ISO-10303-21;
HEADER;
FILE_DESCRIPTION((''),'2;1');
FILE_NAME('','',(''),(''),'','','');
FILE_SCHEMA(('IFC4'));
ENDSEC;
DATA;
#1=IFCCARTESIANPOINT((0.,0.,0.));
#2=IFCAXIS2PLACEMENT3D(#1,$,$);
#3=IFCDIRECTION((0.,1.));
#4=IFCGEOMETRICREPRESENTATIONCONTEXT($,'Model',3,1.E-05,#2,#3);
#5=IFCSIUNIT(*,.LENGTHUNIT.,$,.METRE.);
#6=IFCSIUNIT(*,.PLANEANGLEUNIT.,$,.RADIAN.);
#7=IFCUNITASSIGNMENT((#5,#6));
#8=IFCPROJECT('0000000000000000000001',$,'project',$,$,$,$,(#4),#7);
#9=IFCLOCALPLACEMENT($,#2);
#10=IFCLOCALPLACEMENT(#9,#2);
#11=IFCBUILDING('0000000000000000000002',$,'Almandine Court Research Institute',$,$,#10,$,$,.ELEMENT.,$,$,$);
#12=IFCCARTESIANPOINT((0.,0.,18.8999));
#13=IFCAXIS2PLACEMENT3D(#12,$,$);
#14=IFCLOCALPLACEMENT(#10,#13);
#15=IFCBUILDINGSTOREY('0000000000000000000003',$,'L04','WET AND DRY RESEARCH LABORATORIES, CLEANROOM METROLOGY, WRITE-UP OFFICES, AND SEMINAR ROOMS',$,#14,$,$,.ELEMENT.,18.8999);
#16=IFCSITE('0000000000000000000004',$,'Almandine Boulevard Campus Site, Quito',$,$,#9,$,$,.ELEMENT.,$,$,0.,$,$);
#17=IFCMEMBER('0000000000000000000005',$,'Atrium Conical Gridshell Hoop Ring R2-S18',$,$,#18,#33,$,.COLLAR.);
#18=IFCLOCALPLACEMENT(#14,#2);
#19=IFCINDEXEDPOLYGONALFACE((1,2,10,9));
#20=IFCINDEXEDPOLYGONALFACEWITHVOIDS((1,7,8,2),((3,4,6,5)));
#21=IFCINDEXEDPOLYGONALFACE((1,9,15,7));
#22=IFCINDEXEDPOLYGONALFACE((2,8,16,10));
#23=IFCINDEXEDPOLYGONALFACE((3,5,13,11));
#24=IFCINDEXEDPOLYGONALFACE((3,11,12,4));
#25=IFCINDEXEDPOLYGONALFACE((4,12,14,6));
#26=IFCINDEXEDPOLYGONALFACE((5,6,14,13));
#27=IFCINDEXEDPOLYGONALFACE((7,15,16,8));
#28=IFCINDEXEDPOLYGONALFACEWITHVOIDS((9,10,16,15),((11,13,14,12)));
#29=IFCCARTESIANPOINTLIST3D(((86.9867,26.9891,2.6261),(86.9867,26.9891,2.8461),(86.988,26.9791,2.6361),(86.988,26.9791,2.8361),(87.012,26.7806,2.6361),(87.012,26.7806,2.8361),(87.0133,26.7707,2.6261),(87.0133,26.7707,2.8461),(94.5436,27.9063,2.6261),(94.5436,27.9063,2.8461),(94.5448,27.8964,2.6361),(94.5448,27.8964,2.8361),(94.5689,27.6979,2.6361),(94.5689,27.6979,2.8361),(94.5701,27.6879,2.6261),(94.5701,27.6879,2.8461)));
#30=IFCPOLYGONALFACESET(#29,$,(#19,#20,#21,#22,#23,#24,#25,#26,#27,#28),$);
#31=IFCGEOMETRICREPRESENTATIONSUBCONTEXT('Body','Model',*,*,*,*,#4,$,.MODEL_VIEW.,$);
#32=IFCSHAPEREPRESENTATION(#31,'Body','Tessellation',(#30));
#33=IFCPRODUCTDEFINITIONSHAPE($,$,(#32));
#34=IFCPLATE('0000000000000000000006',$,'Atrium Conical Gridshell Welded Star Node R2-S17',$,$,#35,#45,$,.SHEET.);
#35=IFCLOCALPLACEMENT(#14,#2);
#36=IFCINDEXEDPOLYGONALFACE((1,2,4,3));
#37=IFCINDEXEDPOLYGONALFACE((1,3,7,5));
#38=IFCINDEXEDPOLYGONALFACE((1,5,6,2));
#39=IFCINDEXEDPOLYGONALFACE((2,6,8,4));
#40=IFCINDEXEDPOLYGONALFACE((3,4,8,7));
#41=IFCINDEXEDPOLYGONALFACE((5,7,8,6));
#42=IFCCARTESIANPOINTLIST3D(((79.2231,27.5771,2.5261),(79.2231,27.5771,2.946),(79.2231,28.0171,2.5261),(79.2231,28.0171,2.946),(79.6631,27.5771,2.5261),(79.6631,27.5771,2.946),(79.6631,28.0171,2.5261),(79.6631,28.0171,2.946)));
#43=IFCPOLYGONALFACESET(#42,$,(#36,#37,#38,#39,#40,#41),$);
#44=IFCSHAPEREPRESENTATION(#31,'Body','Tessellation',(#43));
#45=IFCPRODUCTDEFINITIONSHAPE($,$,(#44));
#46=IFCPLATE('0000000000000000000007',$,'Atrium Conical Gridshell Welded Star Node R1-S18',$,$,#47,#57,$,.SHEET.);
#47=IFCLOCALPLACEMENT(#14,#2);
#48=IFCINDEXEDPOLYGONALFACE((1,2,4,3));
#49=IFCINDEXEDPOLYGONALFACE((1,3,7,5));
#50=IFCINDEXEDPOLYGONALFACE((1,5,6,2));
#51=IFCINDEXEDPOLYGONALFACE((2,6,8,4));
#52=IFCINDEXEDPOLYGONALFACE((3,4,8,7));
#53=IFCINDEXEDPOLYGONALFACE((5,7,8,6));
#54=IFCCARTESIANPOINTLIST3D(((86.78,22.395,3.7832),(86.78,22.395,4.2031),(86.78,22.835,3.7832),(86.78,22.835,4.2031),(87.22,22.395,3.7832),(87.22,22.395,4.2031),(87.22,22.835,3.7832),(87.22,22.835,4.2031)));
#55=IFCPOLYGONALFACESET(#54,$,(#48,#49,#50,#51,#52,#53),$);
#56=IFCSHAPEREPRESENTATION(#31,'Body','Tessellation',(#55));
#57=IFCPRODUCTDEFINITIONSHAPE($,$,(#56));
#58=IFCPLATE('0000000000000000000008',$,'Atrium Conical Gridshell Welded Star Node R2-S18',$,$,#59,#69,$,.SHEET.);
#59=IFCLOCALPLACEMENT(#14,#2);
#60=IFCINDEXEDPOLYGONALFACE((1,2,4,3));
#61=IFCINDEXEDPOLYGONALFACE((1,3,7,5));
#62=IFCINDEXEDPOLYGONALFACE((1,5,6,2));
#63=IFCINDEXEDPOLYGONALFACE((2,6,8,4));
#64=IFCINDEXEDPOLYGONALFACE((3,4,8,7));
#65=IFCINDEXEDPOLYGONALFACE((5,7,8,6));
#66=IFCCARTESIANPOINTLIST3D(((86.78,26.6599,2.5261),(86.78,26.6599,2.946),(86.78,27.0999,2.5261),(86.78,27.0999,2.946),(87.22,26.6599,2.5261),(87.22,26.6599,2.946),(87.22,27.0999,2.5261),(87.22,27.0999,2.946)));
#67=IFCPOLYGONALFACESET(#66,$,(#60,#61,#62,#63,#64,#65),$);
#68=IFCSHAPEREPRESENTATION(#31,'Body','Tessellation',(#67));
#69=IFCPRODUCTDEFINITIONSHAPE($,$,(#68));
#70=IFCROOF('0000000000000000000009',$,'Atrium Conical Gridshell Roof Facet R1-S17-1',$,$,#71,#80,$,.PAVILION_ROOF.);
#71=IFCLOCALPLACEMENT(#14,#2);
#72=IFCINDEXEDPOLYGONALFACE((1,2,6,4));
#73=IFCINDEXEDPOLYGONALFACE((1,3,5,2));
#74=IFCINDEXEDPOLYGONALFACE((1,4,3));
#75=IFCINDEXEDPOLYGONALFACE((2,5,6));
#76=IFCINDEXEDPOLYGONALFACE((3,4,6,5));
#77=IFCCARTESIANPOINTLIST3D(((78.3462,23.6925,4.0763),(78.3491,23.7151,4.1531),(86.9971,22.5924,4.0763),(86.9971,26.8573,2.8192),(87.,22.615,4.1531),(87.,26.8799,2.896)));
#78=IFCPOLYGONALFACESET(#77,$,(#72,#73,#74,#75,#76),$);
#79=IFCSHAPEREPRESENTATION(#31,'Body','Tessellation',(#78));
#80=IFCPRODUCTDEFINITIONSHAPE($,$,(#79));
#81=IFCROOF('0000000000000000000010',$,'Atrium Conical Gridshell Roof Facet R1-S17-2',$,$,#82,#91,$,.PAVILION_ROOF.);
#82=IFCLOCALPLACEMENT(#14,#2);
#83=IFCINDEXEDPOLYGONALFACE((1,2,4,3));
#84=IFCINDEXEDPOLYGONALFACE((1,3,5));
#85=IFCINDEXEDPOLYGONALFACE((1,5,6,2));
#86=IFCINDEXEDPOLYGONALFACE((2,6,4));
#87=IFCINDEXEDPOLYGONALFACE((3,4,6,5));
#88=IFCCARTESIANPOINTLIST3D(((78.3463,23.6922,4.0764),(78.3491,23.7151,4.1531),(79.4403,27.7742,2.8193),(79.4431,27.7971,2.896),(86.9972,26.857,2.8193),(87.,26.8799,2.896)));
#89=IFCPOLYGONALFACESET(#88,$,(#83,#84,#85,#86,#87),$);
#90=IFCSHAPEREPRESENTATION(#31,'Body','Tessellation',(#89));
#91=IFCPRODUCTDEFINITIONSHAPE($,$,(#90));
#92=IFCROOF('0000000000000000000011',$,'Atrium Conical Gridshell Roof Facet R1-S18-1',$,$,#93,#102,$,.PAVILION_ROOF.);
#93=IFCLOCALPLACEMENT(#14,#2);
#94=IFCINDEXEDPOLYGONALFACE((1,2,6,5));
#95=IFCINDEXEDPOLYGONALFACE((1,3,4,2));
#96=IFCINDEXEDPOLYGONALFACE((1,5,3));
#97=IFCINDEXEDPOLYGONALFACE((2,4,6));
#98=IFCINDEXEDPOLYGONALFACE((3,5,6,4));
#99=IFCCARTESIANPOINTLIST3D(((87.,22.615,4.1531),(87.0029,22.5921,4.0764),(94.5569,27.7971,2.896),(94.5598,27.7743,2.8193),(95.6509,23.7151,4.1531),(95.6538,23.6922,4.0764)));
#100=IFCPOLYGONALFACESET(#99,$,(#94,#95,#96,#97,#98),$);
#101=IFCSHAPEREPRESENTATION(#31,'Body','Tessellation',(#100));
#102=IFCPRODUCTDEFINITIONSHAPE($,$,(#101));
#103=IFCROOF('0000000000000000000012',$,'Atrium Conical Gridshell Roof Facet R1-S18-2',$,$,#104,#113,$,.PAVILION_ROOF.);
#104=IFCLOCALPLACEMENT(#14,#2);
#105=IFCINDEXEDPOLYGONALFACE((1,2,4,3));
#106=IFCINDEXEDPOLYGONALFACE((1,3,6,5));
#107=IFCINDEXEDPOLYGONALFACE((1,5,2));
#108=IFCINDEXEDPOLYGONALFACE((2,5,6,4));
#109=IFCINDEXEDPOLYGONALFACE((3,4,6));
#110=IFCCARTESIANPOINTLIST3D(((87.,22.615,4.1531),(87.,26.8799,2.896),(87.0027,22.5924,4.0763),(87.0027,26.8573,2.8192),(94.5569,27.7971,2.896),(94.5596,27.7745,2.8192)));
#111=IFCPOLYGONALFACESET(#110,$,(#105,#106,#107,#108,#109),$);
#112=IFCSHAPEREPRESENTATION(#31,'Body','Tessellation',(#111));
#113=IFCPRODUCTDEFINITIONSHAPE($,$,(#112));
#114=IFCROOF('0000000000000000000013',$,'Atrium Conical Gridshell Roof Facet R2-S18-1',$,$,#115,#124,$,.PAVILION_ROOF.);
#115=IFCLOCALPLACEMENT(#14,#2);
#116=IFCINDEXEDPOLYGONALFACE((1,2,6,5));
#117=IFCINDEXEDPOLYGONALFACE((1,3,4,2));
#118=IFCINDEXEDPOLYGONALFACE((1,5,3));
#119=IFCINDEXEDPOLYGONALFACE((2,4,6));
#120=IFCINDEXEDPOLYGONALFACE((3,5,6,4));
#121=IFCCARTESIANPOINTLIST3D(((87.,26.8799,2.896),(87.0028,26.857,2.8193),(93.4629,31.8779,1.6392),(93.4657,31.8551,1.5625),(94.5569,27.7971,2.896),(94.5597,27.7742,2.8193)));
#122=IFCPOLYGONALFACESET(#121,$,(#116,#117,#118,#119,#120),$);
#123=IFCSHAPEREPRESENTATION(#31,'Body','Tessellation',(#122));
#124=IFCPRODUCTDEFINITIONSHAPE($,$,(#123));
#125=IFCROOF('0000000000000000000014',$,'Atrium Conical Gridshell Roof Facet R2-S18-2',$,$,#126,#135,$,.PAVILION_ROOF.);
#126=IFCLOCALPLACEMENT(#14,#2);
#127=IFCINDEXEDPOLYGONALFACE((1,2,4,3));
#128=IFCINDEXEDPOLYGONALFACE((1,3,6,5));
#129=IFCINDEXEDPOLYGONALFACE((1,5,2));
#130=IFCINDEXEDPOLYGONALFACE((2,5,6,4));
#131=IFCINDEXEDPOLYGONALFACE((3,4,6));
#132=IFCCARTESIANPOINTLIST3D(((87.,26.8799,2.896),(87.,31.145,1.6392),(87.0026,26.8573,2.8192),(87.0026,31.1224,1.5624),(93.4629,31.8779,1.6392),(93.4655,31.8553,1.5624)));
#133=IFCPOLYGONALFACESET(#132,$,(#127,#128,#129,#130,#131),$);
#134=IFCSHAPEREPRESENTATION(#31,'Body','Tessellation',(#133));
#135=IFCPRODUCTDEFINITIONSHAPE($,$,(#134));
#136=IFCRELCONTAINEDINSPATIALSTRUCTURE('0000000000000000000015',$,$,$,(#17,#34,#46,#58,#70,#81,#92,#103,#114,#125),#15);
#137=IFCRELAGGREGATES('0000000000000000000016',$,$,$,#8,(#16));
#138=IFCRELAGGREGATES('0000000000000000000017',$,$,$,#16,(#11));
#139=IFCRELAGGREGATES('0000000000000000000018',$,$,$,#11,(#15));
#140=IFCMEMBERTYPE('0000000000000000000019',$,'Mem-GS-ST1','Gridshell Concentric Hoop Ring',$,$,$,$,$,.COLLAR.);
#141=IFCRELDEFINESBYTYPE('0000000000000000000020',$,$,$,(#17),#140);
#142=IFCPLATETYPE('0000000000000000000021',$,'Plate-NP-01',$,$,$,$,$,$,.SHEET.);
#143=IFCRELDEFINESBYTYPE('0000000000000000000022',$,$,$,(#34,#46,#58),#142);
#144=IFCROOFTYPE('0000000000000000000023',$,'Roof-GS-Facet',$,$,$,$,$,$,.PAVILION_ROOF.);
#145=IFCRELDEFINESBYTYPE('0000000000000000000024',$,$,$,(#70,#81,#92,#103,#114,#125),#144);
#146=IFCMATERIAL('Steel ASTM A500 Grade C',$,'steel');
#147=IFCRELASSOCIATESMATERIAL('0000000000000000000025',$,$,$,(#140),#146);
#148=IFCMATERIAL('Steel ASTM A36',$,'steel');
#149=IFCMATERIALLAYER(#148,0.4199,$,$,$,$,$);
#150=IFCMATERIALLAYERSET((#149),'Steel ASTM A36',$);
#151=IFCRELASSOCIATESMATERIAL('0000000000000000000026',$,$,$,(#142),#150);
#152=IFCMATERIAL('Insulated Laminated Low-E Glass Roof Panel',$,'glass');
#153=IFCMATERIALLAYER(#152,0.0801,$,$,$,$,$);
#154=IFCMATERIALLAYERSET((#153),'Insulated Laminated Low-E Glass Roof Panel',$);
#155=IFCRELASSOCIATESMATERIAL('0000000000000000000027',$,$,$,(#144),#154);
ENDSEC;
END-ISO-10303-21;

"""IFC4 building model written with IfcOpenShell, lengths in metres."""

from ifc_helpers import new_model, si_unit, direction, frame, origin, origin_2d, place, context, subcontext, project, spatial, polyline, rectangle, hollow_rectangle, outline, extrude, material, layer, layer_set, material_profile, profile_set, type_object, element, save


model = new_model("IFC4")

# Units and contexts
model_context = context("Model", 3, precision=1e-05, world=origin(), true_north=direction((0.0, 1.0)))
body_context = subcontext(model_context, "Body", "Model", "MODEL_VIEW")
ifc_project = project(units=[si_unit("LENGTHUNIT", "METRE"), si_unit("PLANEANGLEUNIT", "RADIAN")], contexts=[model_context])

# Site, building, storey
site_placement = place(None, origin())
site = spatial("IfcSite", under=ifc_project, at=site_placement, Name="Almandine Boulevard Campus Site, Quito", CompositionType="ELEMENT", RefElevation=0.0)
building_placement = place(site_placement, origin())
building = spatial("IfcBuilding", under=site, at=building_placement, Name="Almandine Court Research Institute", CompositionType="ELEMENT")
storey_placement = place(building_placement, frame((0.0, 0.0, 18.8999)))
storey = spatial("IfcBuildingStorey", under=building, at=storey_placement, Name="L04", Description="WET AND DRY RESEARCH LABORATORIES, CLEANROOM METROLOGY, WRITE-UP OFFICES, AND SEMINAR ROOMS", CompositionType="ELEMENT", Elevation=18.8999)

# Shared definitions
ifc_material_1 = material(Name="Steel ASTM A500 Grade C", Category="steel")

# Member
ifc_material_profile_1 = material_profile(ifc_material_1, hollow_rectangle(XDim=0.22, YDim=0.22, WallThickness=0.01, at=origin_2d()), Name="HSS 220x220x10")
ifc_profile_set_1 = profile_set([ifc_material_profile_1], Name="Steel ASTM A500 Grade C")
member_type_1 = type_object("IfcMemberType", Name="Mem-GS-ST1", Description="Gridshell Concentric Hoop Ring", PredefinedType="COLLAR", material=ifc_profile_set_1)
member_1_placement = place(storey_placement, frame((87.0, 26.8799, 2.7361), z_axis=(0.992714, 0.120493, 0.0), x_axis=(-0.120493, 0.992714, 0.0)))
element("IfcMember", 1, at=member_1_placement, inside=storey, type_object=member_type_1, Name="Atrium Conical Gridshell Hoop Ring R2-S18", PredefinedType="COLLAR", context=body_context, shape_type="SweptSolid", body=[
    extrude(hollow_rectangle(XDim=0.22, YDim=0.22, WallThickness=0.01, at=origin_2d()), origin(), (0.0, 0.0, 1.0), 7.6123),
])

# Plates
ifc_material_2 = material(Name="Steel ASTM A36", Category="steel")
ifc_layer_1 = layer(ifc_material_2, 0.4199)
ifc_layer_set_1 = layer_set([ifc_layer_1], Name="Steel ASTM A36")
plate_type = type_object("IfcPlateType", Name="Plate-NP-01", PredefinedType="SHEET", material=ifc_layer_set_1)
for number, where, z_axis, x_axis, name in (
    (2, (79.4431, 27.7971, 2.5261), (0.0, 0.0, 1.0), (1.0, 0.0, 0.0), "Atrium Conical Gridshell Welded Star Node R2-S17"),
    (3, (87.0, 22.615, 3.7832), (0.0, 0.0, 1.0), (1.0, 0.0, 0.0), "Atrium Conical Gridshell Welded Star Node R1-S18"),
    (4, (87.0, 26.8799, 2.5261), (0.0, 0.0, 1.0), (1.0, 0.0, 0.0), "Atrium Conical Gridshell Welded Star Node R2-S18"),
):
    element("IfcPlate", number, at=place(storey_placement, frame(where, z_axis=z_axis, x_axis=x_axis)), inside=storey, type_object=plate_type, Name=name, PredefinedType="SHEET", context=body_context, shape_type="SweptSolid", body=[
        extrude(rectangle(XDim=0.4399, YDim=0.4399, at=origin_2d()), origin(), (0.0, 0.0, 1.0), 0.4199),
    ])

# Roofs
ifc_material_3 = material(Name="Insulated Laminated Low-E Glass Roof Panel", Category="glass")
ifc_layer_2 = layer(ifc_material_3, 0.0801)
ifc_layer_set_2 = layer_set([ifc_layer_2], Name="Insulated Laminated Low-E Glass Roof Panel")
roof_type = type_object("IfcRoofType", Name="Roof-GS-Facet", PredefinedType="PAVILION_ROOF", material=ifc_layer_set_2)
roof_1_placement = place(storey_placement, frame((78.3491, 23.7151, 4.1531), z_axis=(0.03593, 0.282543, 0.958582), x_axis=(0.992011, -0.12615, 0.0)))
element("IfcRoof", 5, at=roof_1_placement, inside=storey, type_object=roof_type, Name="Atrium Conical Gridshell Roof Facet R1-S17-1", PredefinedType="PAVILION_ROOF", context=body_context, shape_type="SweptSolid", body=[
    extrude(outline(polyline([(0.0, 0.0), (8.7205, 0.0), (8.1825, 4.4136), (0.0, 0.0)])), origin(), (0.0, 0.0, -1.0), 0.0801),
])
roof_2_placement = place(storey_placement, frame((78.3491, 23.7151, 4.1531), z_axis=(0.03467, 0.285639, 0.95771), x_axis=(0.930504, 0.340411, -0.135214)))
element("IfcRoof", 6, at=roof_2_placement, inside=storey, type_object=roof_type, Name="Atrium Conical Gridshell Roof Facet R1-S17-2", PredefinedType="PAVILION_ROOF", context=body_context, shape_type="SweptSolid", body=[
    extrude(outline(polyline([(0.0, 0.0), (9.297, 0.0), (2.5775, 3.5772), (0.0, 0.0)])), origin(), (0.0, 0.0, -1.0), 0.0801),
])
roof_3_placement = place(storey_placement, frame((87.0, 22.615, 4.1531), z_axis=(-0.036272, 0.28523, 0.957773), x_axis=(0.992011, 0.12615, 0.0)))
element("IfcRoof", 7, at=roof_3_placement, inside=storey, type_object=roof_type, Name="Atrium Conical Gridshell Roof Facet R1-S18-1", PredefinedType="PAVILION_ROOF", context=body_context, shape_type="SweptSolid", body=[
    extrude(outline(polyline([(0.0, 0.0), (8.7205, 0.0), (8.1502, 4.372), (0.0, 0.0)])), origin(), (0.0, 0.0, -1.0), 0.0801),
])
roof_4_placement = place(storey_placement, frame((87.0, 22.615, 4.1531), z_axis=(-0.034296, 0.282559, 0.958637), x_axis=(0.817062, 0.5603, -0.135917)))
element("IfcRoof", 8, at=roof_4_placement, inside=storey, type_object=roof_type, Name="Atrium Conical Gridshell Roof Facet R1-S18-2", PredefinedType="PAVILION_ROOF", context=body_context, shape_type="SweptSolid", body=[
    extrude(outline(polyline([(0.0, 0.0), (9.2488, 0.0), (2.5605, 3.635), (0.0, 0.0)])), origin(), (0.0, 0.0, -1.0), 0.0801),
])
roof_5_placement = place(storey_placement, frame((87.0, 26.8799, 2.896), z_axis=(-0.034673, 0.285664, 0.957702), x_axis=(0.992714, 0.120493, 0.0)))
element("IfcRoof", 9, at=roof_5_placement, inside=storey, type_object=roof_type, Name="Atrium Conical Gridshell Roof Facet R2-S18-1", PredefinedType="PAVILION_ROOF", context=body_context, shape_type="SweptSolid", body=[
    extrude(outline(polyline([(0.0, 0.0), (7.6123, 0.0), (7.018, 4.3676), (0.0, 0.0)])), origin(), (0.0, 0.0, -1.0), 0.0801),
])
roof_6_placement = place(storey_placement, frame((87.0, 26.8799, 2.896), z_axis=(-0.032038, 0.282515, 0.958728), x_axis=(0.781851, 0.604641, -0.152046)))
element("IfcRoof", 10, at=roof_6_placement, inside=storey, type_object=roof_type, Name="Atrium Conical Gridshell Roof Facet R2-S18-2", PredefinedType="PAVILION_ROOF", context=body_context, shape_type="SweptSolid", body=[
    extrude(outline(polyline([(0.0, 0.0), (8.2661, 0.0), (2.77, 3.4783), (0.0, 0.0)])), origin(), (0.0, 0.0, -1.0), 0.0801),
])

save(model, "model.ifc")
